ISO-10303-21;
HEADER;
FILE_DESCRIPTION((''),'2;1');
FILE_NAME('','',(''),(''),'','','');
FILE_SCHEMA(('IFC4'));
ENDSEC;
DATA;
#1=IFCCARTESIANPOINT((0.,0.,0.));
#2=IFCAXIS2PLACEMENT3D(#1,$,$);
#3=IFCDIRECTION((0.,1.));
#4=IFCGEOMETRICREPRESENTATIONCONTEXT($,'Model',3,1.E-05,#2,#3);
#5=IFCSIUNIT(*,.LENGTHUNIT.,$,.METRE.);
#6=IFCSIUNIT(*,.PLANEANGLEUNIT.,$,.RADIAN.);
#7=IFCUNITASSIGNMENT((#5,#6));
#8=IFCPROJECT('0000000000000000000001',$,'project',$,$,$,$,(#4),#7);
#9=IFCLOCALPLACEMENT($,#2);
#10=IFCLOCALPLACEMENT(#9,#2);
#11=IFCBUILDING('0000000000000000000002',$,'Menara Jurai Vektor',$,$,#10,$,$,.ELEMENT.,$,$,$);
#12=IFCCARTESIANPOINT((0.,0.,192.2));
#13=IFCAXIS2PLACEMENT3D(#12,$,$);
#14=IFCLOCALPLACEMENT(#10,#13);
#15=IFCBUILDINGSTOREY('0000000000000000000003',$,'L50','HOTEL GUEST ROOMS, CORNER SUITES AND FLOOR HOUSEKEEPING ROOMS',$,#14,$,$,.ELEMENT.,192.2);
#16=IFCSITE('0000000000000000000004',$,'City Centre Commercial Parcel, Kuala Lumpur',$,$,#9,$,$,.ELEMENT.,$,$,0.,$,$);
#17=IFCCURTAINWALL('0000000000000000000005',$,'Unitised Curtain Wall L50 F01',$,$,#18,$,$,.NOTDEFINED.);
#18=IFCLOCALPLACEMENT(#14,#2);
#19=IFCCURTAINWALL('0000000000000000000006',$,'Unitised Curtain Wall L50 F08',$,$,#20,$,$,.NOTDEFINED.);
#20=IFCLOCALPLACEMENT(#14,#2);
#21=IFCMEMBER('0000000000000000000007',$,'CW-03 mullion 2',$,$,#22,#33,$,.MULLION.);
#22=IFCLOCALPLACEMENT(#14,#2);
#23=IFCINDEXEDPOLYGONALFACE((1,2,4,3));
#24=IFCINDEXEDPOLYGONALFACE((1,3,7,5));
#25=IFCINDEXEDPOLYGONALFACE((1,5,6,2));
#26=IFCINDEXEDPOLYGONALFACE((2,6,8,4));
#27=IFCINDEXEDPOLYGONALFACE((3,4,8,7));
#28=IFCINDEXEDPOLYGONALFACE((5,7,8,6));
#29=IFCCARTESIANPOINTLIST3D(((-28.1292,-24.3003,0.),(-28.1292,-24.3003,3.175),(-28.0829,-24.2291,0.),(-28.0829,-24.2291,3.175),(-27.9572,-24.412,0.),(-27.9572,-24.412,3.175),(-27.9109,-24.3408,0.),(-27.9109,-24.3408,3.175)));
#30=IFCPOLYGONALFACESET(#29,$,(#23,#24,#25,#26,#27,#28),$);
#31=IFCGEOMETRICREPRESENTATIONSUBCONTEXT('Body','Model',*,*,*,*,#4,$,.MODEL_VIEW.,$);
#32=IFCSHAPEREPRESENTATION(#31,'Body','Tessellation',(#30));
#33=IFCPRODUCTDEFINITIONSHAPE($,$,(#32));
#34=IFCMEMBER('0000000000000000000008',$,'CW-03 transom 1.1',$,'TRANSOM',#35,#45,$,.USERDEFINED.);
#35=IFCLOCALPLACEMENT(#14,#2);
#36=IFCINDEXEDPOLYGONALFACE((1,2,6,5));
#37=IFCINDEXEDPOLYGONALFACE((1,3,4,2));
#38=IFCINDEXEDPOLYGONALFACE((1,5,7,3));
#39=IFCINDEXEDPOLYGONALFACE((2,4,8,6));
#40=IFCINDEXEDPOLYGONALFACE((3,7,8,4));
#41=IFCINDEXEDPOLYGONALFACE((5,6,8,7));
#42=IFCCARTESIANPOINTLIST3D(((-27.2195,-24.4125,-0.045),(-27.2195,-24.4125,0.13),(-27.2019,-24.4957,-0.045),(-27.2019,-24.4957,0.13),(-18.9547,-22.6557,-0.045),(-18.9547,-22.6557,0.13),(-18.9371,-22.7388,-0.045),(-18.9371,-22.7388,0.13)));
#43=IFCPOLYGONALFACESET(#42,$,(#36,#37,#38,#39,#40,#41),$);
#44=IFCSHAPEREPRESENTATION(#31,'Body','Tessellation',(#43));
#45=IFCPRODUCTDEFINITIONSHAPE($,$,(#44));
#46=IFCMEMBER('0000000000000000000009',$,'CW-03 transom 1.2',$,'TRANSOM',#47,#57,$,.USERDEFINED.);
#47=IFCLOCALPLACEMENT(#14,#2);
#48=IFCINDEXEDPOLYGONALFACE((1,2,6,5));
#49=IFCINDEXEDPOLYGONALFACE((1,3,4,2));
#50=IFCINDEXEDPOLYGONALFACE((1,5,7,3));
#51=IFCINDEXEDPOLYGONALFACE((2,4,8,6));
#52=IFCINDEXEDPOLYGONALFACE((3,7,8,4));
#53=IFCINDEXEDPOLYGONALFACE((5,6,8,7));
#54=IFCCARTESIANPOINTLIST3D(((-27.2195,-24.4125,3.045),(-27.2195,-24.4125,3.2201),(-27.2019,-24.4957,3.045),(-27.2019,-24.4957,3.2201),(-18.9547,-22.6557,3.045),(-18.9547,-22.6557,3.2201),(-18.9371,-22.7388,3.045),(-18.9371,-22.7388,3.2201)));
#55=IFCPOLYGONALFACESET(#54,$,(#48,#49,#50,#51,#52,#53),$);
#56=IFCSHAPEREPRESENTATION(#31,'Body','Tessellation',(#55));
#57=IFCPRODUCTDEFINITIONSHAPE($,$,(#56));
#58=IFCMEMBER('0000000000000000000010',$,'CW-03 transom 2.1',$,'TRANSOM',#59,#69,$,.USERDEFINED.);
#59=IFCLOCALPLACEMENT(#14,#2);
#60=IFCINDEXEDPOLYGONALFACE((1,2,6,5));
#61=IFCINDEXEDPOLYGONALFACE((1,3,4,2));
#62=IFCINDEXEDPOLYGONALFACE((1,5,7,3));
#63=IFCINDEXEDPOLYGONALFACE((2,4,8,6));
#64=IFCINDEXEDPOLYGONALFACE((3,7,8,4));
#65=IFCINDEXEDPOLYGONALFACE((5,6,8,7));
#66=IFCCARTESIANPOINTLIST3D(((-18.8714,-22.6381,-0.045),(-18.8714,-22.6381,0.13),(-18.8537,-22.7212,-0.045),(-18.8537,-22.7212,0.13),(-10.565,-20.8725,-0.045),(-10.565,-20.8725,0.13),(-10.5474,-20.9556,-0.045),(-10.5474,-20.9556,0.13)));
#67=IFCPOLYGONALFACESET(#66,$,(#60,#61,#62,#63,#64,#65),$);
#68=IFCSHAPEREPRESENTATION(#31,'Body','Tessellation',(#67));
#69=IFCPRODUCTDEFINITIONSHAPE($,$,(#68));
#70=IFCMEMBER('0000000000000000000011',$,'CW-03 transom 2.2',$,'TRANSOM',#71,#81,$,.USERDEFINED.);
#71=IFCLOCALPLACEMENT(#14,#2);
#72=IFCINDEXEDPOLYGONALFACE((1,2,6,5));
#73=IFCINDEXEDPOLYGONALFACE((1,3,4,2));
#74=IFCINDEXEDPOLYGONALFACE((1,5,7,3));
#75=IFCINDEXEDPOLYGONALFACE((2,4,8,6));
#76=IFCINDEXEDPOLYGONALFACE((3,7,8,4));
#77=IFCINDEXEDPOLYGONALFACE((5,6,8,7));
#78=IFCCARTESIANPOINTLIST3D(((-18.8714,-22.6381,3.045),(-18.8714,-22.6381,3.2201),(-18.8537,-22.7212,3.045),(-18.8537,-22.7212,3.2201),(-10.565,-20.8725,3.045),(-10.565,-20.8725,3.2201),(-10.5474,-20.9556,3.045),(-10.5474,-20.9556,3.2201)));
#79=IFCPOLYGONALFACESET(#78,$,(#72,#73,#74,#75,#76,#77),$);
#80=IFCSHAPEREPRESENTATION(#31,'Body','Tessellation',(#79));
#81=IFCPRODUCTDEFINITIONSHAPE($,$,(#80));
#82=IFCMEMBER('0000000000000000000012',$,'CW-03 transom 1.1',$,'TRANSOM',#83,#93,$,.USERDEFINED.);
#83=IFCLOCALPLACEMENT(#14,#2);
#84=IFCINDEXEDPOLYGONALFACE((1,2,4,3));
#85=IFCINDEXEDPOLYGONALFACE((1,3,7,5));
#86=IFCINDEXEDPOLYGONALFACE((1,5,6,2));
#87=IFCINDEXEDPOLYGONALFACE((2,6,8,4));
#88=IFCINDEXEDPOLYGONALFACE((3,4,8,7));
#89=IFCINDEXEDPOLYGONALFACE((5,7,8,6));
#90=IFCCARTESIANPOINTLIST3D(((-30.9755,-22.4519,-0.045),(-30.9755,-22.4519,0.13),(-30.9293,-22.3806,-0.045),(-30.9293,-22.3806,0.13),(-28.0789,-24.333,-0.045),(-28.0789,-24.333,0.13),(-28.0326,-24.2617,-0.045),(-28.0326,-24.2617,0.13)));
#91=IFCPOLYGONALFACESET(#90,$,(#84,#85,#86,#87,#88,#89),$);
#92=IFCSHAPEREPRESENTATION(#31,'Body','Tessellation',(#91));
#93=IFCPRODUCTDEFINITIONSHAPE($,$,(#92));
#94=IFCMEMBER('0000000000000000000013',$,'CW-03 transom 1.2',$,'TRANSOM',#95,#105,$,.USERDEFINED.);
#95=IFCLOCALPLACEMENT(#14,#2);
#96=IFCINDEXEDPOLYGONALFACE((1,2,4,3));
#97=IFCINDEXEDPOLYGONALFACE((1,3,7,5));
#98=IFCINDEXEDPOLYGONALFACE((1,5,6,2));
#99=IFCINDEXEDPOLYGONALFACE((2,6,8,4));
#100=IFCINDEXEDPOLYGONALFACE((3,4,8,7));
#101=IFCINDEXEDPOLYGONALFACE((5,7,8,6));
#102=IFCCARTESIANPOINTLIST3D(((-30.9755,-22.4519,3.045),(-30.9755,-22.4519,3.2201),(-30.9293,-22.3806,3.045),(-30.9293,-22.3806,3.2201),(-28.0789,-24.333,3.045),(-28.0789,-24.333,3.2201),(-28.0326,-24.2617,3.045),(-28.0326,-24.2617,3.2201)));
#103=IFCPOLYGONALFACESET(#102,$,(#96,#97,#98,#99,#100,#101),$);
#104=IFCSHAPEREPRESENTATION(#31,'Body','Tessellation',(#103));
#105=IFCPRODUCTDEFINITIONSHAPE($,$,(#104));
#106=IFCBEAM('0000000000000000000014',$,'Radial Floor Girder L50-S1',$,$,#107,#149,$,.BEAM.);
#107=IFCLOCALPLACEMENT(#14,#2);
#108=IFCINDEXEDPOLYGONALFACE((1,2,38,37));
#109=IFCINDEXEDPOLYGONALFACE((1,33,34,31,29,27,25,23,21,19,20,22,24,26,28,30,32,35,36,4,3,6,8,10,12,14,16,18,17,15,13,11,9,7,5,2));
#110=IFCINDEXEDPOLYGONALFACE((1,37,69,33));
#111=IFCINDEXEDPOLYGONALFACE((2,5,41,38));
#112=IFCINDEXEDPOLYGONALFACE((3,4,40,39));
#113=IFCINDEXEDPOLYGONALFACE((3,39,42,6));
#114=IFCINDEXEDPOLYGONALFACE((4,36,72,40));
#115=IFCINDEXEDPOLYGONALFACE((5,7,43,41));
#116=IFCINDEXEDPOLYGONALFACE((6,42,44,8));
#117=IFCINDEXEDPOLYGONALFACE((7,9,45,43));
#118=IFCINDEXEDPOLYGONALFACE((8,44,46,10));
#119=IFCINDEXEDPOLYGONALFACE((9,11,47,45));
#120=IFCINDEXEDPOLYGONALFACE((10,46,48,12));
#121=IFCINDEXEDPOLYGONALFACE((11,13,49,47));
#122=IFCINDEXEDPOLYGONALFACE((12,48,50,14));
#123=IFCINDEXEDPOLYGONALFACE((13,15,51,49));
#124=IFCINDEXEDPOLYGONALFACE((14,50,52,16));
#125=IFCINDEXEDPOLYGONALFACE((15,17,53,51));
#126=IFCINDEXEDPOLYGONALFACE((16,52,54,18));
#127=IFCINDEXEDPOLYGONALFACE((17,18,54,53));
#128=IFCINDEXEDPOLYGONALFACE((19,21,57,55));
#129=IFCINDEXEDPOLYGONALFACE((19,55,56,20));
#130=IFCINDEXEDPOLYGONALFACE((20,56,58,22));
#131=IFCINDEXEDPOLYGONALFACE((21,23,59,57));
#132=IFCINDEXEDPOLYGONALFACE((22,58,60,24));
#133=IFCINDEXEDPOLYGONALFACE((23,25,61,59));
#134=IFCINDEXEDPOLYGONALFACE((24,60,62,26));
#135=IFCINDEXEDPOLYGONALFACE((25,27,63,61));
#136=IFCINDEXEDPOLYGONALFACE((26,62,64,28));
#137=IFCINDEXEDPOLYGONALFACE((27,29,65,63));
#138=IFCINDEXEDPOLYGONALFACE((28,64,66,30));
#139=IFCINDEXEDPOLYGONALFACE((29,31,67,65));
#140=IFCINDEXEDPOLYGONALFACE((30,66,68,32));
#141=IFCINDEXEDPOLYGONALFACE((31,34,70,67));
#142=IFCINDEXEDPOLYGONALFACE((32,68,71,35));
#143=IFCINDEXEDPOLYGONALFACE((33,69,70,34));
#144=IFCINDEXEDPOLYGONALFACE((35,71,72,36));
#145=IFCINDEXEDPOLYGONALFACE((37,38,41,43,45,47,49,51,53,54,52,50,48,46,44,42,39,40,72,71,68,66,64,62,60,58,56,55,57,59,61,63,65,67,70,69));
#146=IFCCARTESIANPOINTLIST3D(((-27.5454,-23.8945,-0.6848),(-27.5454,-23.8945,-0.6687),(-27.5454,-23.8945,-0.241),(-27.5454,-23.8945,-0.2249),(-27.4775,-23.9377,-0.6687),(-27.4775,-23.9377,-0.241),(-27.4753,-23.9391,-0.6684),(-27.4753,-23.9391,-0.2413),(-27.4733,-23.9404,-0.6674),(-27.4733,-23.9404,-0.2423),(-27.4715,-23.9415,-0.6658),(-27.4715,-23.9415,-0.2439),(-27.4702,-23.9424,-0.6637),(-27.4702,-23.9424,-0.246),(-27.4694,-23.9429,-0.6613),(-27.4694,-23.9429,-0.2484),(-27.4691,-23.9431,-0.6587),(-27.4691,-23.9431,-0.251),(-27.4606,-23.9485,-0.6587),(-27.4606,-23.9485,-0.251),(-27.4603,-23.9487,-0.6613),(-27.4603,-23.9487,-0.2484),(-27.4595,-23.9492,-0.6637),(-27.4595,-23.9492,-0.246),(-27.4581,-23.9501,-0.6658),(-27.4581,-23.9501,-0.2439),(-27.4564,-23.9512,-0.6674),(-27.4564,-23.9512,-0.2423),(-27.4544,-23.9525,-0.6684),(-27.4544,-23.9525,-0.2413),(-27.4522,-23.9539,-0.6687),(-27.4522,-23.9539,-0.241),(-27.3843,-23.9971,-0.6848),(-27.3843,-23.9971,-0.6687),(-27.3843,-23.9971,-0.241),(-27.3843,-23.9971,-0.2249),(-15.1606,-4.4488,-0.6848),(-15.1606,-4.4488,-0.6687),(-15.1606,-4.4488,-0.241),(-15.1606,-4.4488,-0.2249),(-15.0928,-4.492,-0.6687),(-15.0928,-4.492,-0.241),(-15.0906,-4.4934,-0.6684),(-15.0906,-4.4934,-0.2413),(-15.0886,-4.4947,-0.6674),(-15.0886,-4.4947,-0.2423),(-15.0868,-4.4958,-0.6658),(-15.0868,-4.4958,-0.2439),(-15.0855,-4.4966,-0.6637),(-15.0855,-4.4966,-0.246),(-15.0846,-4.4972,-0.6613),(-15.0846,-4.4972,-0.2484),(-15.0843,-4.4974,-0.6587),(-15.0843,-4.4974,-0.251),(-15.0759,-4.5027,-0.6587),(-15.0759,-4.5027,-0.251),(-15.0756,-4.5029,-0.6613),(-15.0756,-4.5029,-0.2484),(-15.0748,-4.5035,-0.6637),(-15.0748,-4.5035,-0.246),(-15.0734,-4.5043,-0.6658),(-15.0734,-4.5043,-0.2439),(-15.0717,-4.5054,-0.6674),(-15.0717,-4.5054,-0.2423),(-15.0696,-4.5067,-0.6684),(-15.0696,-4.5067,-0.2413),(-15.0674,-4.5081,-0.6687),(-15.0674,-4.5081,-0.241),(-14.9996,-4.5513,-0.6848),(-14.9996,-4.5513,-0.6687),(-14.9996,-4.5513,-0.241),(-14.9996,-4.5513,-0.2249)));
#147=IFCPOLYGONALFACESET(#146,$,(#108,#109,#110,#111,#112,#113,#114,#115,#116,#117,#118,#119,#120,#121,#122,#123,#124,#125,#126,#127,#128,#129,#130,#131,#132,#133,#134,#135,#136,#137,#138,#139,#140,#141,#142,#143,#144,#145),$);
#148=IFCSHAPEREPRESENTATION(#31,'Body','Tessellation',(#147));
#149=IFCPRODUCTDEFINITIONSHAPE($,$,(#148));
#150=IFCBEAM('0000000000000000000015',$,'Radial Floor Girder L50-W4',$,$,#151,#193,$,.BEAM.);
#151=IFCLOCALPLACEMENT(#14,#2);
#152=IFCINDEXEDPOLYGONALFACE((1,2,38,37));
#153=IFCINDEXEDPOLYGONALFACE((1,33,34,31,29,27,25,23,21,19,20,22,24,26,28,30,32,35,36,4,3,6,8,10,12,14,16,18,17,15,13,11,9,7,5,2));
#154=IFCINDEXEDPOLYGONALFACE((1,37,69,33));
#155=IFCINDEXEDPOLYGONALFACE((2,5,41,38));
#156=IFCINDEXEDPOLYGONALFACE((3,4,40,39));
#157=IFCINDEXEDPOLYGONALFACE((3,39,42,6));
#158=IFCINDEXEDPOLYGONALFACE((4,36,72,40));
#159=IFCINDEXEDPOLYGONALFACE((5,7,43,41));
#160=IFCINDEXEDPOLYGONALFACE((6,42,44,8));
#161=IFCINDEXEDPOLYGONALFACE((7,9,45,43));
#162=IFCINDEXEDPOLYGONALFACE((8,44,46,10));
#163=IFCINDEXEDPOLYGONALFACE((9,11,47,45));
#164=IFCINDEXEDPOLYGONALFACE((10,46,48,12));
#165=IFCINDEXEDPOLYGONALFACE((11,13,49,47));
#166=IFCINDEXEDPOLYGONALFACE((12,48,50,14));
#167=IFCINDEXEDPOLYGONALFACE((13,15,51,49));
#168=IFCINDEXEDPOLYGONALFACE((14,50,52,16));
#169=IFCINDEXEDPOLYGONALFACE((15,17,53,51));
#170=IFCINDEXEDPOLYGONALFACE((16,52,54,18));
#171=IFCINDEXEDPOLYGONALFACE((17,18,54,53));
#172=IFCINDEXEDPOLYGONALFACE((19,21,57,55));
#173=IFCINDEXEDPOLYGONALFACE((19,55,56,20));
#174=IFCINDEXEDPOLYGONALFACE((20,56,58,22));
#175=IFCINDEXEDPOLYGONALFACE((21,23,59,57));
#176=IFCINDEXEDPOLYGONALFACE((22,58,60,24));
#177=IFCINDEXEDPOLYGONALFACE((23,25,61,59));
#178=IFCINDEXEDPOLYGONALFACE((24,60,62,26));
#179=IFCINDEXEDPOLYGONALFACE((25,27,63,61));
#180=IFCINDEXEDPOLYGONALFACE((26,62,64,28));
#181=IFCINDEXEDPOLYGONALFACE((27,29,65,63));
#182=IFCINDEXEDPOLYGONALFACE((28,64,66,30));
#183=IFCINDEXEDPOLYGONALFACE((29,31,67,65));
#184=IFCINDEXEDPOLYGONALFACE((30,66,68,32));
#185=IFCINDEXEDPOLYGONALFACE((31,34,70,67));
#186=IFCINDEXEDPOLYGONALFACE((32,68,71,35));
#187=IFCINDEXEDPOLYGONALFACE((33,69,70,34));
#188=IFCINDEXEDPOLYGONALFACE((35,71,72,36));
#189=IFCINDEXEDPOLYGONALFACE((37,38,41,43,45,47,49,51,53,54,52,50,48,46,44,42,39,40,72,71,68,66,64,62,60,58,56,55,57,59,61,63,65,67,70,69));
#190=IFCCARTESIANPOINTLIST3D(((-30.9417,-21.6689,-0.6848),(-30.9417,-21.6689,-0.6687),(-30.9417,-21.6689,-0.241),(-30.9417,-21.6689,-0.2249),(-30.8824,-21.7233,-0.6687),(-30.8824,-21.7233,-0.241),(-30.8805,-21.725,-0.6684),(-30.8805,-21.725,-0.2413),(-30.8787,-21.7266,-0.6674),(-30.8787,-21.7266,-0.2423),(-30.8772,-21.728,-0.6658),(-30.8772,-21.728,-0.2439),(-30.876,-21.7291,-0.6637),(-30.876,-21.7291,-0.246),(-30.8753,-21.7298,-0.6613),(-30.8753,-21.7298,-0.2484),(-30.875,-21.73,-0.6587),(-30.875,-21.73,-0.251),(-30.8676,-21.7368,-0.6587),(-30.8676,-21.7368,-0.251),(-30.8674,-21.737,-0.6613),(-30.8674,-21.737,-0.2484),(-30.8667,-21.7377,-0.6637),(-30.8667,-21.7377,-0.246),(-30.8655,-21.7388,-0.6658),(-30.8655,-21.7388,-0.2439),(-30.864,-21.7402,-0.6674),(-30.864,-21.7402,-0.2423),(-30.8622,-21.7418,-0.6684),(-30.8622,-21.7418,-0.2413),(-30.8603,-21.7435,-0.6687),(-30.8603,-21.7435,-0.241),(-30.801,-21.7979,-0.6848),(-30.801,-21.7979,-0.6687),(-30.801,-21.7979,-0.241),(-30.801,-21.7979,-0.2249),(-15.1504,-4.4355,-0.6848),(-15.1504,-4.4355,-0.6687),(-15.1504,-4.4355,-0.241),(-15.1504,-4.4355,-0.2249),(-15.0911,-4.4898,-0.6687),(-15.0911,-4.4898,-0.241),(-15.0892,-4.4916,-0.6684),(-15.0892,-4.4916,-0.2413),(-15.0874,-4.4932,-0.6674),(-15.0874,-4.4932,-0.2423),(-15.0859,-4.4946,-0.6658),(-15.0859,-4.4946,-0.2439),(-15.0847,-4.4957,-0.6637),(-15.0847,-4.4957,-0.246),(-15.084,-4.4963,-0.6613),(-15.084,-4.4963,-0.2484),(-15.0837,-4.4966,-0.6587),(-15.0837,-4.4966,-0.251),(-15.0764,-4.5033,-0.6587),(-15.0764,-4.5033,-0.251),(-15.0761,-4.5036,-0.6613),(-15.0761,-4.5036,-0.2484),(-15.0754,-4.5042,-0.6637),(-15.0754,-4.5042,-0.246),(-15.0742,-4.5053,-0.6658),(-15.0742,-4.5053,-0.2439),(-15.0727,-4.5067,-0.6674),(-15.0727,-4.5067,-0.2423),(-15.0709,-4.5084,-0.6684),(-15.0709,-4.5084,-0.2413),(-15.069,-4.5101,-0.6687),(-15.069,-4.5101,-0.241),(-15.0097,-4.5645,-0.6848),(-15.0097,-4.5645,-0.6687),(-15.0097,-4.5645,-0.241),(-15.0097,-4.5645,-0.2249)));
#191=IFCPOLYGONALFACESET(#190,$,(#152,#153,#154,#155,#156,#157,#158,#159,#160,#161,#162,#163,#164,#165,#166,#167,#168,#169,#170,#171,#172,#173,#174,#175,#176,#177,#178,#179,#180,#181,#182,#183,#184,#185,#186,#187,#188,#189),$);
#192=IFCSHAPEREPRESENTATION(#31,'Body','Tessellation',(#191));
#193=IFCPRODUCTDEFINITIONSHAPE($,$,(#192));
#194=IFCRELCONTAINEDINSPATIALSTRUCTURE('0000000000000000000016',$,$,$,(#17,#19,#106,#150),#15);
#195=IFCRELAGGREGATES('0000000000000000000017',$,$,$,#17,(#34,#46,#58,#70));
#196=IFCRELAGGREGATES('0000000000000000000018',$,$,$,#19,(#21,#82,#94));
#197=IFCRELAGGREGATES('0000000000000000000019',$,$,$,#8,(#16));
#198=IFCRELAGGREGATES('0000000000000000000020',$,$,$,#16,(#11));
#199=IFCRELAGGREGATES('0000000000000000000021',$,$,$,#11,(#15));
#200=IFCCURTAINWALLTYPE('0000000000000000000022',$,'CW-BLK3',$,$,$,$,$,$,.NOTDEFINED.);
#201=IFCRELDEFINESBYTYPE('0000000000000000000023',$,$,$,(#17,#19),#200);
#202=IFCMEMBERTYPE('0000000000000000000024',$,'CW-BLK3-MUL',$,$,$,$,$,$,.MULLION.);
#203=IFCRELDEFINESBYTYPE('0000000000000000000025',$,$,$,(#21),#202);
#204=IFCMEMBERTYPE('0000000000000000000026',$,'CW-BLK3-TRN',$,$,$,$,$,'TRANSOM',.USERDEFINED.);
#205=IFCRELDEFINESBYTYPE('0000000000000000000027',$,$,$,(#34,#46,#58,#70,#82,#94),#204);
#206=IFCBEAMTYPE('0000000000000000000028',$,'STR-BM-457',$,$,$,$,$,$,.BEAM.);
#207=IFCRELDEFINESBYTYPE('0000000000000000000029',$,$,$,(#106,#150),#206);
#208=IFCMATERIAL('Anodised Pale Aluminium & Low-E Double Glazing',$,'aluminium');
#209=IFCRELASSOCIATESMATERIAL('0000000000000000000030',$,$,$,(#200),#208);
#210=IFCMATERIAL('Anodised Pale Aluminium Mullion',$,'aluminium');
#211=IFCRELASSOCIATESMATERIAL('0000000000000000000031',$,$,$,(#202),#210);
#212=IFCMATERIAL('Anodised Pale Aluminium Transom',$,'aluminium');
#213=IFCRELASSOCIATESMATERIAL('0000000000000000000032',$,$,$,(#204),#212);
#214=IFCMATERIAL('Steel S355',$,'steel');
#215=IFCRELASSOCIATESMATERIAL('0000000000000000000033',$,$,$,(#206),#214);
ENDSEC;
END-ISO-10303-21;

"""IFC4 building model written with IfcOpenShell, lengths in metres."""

from ifc_helpers import new_model, si_unit, direction, frame, origin, origin_2d, place, context, subcontext, project, spatial, rectangle, i_section, extrude, material, material_profile, profile_set, type_object, element, aggregate, save


model = new_model("IFC4")

# Units and contexts
model_context = context("Model", 3, precision=1e-05, world=origin(), true_north=direction((0.0, 1.0)))
body_context = subcontext(model_context, "Body", "Model", "MODEL_VIEW")
ifc_project = project(units=[si_unit("LENGTHUNIT", "METRE"), si_unit("PLANEANGLEUNIT", "RADIAN")], contexts=[model_context])

# Site, building, storey
site_placement = place(None, origin())
site = spatial("IfcSite", under=ifc_project, at=site_placement, Name="City Centre Commercial Parcel, Kuala Lumpur", CompositionType="ELEMENT", RefElevation=0.0)
building_placement = place(site_placement, origin())
building = spatial("IfcBuilding", under=site, at=building_placement, Name="Menara Jurai Vektor", CompositionType="ELEMENT")
storey_placement = place(building_placement, frame((0.0, 0.0, 192.2)))
storey = spatial("IfcBuildingStorey", under=building, at=storey_placement, Name="L50", Description="HOTEL GUEST ROOMS, CORNER SUITES AND FLOOR HOUSEKEEPING ROOMS", CompositionType="ELEMENT", Elevation=192.2)

# Curtain wall
ifc_material_1 = material(Name="Anodised Pale Aluminium & Low-E Double Glazing", Category="aluminium")
curtain_wall_type = type_object("IfcCurtainWallType", Name="CW-BLK3", PredefinedType="NOTDEFINED", material=ifc_material_1)
curtain_wall_1_placement = place(storey_placement, origin())
curtain_wall_1 = element("IfcCurtainWall", 1, at=curtain_wall_1_placement, inside=storey, type_object=curtain_wall_type, Name="Unitised Curtain Wall L50 F01", PredefinedType="NOTDEFINED")
ifc_material_2 = material(Name="Anodised Pale Aluminium Mullion", Category="aluminium")
ifc_material_profile_1 = material_profile(ifc_material_2, rectangle(XDim=0.085, YDim=0.2051, at=origin_2d()), Name="ALU MUL 85x205")
ifc_profile_set_1 = profile_set([ifc_material_profile_1], Name="Anodised Pale Aluminium Mullion")
member_type_1 = type_object("IfcMemberType", Name="CW-BLK3-MUL", PredefinedType="MULLION", material=ifc_profile_set_1)

# Curtain wall, member
curtain_wall_2_placement = place(storey_placement, origin())
curtain_wall_2 = element("IfcCurtainWall", 2, at=curtain_wall_2_placement, inside=storey, type_object=curtain_wall_type, Name="Unitised Curtain Wall L50 F08", PredefinedType="NOTDEFINED")
member_1_placement = place(storey_placement, frame((-28.02, -24.3206, 0.0), z_axis=(0.0, 0.0, 1.0), x_axis=(0.544618, 0.838684, 0.0)))
member_1 = element("IfcMember", 3, at=member_1_placement, type_object=member_type_1, Name="CW-03 mullion 2", PredefinedType="MULLION", context=body_context, shape_type="SweptSolid", body=[
    extrude(rectangle(XDim=0.085, YDim=0.2051, at=origin_2d()), origin(), (0.0, 0.0, 1.0), 3.175),
])

# Members
ifc_material_3 = material(Name="Anodised Pale Aluminium Transom", Category="aluminium")
ifc_material_profile_2 = material_profile(ifc_material_3, rectangle(XDim=0.085, YDim=0.175, at=origin_2d()), Name="ALU TRN 85x175")
ifc_profile_set_2 = profile_set([ifc_material_profile_2], Name="Anodised Pale Aluminium Transom")
member_type_2 = type_object("IfcMemberType", Name="CW-BLK3-TRN", ElementType="TRANSOM", PredefinedType="USERDEFINED", material=ifc_profile_set_2)
member_2_placement = place(storey_placement, frame((-27.2107, -24.4541, 0.0425), z_axis=(0.978146, 0.207921, 0.0), x_axis=(-0.207921, 0.978146, 0.0)))
member_2 = element("IfcMember", 4, at=member_2_placement, type_object=member_type_2, Name="CW-03 transom 1.1", ObjectType="TRANSOM", PredefinedType="USERDEFINED", context=body_context, shape_type="SweptSolid", body=[
    extrude(rectangle(XDim=0.085, YDim=0.175, at=origin_2d()), origin(), (0.0, 0.0, 1.0), 8.4495),
])
member_3_placement = place(storey_placement, frame((-27.2107, -24.4541, 3.1326), z_axis=(0.978146, 0.207921, 0.0), x_axis=(-0.207921, 0.978146, 0.0)))
member_3 = element("IfcMember", 5, at=member_3_placement, type_object=member_type_2, Name="CW-03 transom 1.2", ObjectType="TRANSOM", PredefinedType="USERDEFINED", context=body_context, shape_type="SweptSolid", body=[
    extrude(rectangle(XDim=0.085, YDim=0.175, at=origin_2d()), origin(), (0.0, 0.0, 1.0), 8.4495),
])
member_4_placement = place(storey_placement, frame((-18.8625, -22.6797, 0.0425), z_axis=(0.978147, 0.207917, 0.0), x_axis=(-0.207917, 0.978147, 0.0)))
member_4 = element("IfcMember", 6, at=member_4_placement, type_object=member_type_2, Name="CW-03 transom 2.1", ObjectType="TRANSOM", PredefinedType="USERDEFINED", context=body_context, shape_type="SweptSolid", body=[
    extrude(rectangle(XDim=0.085, YDim=0.175, at=origin_2d()), origin(), (0.0, 0.0, 1.0), 8.4919),
])
member_5_placement = place(storey_placement, frame((-18.8625, -22.6797, 3.1326), z_axis=(0.978147, 0.207917, 0.0), x_axis=(-0.207917, 0.978147, 0.0)))
member_5 = element("IfcMember", 7, at=member_5_placement, type_object=member_type_2, Name="CW-03 transom 2.2", ObjectType="TRANSOM", PredefinedType="USERDEFINED", context=body_context, shape_type="SweptSolid", body=[
    extrude(rectangle(XDim=0.085, YDim=0.175, at=origin_2d()), origin(), (0.0, 0.0, 1.0), 8.4919),
])
member_6_placement = place(storey_placement, frame((-30.9524, -22.4163, 0.0425), z_axis=(0.838678, -0.544628, 0.0), x_axis=(0.544628, 0.838678, 0.0)))
member_6 = element("IfcMember", 8, at=member_6_placement, type_object=member_type_2, Name="CW-03 transom 1.1", ObjectType="TRANSOM", PredefinedType="USERDEFINED", context=body_context, shape_type="SweptSolid", body=[
    extrude(rectangle(XDim=0.085, YDim=0.175, at=origin_2d()), origin(), (0.0, 0.0, 1.0), 3.4539),
])
member_7_placement = place(storey_placement, frame((-30.9524, -22.4163, 3.1326), z_axis=(0.838678, -0.544628, 0.0), x_axis=(0.544628, 0.838678, 0.0)))
member_7 = element("IfcMember", 9, at=member_7_placement, type_object=member_type_2, Name="CW-03 transom 1.2", ObjectType="TRANSOM", PredefinedType="USERDEFINED", context=body_context, shape_type="SweptSolid", body=[
    extrude(rectangle(XDim=0.085, YDim=0.175, at=origin_2d()), origin(), (0.0, 0.0, 1.0), 3.4539),
])

# Beams
ifc_material_4 = material(Name="Steel S355", Category="steel")
ifc_material_profile_3 = material_profile(ifc_material_4, i_section(OverallWidth=0.1909, OverallDepth=0.46, WebThickness=0.01, FlangeThickness=0.0161, FilletRadius=0.01, at=origin_2d()), Name="UKB 457x191x82")
ifc_profile_set_3 = profile_set([ifc_material_profile_3], Name="Steel S355")
beam_type_1 = type_object("IfcBeamType", Name="STR-BM-457", PredefinedType="BEAM", material=ifc_profile_set_3)
beam_1_placement = place(storey_placement, frame((-27.4648, -23.9458, -0.4548), z_axis=(0.537189, 0.843462, 0.0), x_axis=(-0.843462, 0.537189, 0.0)))
element("IfcBeam", 10, at=beam_1_placement, inside=storey, type_object=beam_type_1, Name="Radial Floor Girder L50-S1", PredefinedType="BEAM", context=body_context, shape_type="SweptSolid", body=[
    extrude(i_section(OverallWidth=0.1909, OverallDepth=0.46, WebThickness=0.01, FlangeThickness=0.0161, FilletRadius=0.01, at=origin_2d()), origin(), (0.0, 0.0, 1.0), 23.0547),
])
beam_2_placement = place(storey_placement, frame((-30.8713, -21.7334, -0.4548), z_axis=(0.675585, 0.737282, 0.0), x_axis=(-0.737282, 0.675585, 0.0)))
element("IfcBeam", 11, at=beam_2_placement, inside=storey, type_object=beam_type_1, Name="Radial Floor Girder L50-W4", PredefinedType="BEAM", context=body_context, shape_type="SweptSolid", body=[
    extrude(i_section(OverallWidth=0.1909, OverallDepth=0.46, WebThickness=0.01, FlangeThickness=0.0161, FilletRadius=0.01, at=origin_2d()), origin(), (0.0, 0.0, 1.0), 23.3743),
])

aggregate(curtain_wall_1, [member_2, member_3, member_4, member_5])
aggregate(curtain_wall_2, [member_1, member_6, member_7])

save(model, "model.ifc")
